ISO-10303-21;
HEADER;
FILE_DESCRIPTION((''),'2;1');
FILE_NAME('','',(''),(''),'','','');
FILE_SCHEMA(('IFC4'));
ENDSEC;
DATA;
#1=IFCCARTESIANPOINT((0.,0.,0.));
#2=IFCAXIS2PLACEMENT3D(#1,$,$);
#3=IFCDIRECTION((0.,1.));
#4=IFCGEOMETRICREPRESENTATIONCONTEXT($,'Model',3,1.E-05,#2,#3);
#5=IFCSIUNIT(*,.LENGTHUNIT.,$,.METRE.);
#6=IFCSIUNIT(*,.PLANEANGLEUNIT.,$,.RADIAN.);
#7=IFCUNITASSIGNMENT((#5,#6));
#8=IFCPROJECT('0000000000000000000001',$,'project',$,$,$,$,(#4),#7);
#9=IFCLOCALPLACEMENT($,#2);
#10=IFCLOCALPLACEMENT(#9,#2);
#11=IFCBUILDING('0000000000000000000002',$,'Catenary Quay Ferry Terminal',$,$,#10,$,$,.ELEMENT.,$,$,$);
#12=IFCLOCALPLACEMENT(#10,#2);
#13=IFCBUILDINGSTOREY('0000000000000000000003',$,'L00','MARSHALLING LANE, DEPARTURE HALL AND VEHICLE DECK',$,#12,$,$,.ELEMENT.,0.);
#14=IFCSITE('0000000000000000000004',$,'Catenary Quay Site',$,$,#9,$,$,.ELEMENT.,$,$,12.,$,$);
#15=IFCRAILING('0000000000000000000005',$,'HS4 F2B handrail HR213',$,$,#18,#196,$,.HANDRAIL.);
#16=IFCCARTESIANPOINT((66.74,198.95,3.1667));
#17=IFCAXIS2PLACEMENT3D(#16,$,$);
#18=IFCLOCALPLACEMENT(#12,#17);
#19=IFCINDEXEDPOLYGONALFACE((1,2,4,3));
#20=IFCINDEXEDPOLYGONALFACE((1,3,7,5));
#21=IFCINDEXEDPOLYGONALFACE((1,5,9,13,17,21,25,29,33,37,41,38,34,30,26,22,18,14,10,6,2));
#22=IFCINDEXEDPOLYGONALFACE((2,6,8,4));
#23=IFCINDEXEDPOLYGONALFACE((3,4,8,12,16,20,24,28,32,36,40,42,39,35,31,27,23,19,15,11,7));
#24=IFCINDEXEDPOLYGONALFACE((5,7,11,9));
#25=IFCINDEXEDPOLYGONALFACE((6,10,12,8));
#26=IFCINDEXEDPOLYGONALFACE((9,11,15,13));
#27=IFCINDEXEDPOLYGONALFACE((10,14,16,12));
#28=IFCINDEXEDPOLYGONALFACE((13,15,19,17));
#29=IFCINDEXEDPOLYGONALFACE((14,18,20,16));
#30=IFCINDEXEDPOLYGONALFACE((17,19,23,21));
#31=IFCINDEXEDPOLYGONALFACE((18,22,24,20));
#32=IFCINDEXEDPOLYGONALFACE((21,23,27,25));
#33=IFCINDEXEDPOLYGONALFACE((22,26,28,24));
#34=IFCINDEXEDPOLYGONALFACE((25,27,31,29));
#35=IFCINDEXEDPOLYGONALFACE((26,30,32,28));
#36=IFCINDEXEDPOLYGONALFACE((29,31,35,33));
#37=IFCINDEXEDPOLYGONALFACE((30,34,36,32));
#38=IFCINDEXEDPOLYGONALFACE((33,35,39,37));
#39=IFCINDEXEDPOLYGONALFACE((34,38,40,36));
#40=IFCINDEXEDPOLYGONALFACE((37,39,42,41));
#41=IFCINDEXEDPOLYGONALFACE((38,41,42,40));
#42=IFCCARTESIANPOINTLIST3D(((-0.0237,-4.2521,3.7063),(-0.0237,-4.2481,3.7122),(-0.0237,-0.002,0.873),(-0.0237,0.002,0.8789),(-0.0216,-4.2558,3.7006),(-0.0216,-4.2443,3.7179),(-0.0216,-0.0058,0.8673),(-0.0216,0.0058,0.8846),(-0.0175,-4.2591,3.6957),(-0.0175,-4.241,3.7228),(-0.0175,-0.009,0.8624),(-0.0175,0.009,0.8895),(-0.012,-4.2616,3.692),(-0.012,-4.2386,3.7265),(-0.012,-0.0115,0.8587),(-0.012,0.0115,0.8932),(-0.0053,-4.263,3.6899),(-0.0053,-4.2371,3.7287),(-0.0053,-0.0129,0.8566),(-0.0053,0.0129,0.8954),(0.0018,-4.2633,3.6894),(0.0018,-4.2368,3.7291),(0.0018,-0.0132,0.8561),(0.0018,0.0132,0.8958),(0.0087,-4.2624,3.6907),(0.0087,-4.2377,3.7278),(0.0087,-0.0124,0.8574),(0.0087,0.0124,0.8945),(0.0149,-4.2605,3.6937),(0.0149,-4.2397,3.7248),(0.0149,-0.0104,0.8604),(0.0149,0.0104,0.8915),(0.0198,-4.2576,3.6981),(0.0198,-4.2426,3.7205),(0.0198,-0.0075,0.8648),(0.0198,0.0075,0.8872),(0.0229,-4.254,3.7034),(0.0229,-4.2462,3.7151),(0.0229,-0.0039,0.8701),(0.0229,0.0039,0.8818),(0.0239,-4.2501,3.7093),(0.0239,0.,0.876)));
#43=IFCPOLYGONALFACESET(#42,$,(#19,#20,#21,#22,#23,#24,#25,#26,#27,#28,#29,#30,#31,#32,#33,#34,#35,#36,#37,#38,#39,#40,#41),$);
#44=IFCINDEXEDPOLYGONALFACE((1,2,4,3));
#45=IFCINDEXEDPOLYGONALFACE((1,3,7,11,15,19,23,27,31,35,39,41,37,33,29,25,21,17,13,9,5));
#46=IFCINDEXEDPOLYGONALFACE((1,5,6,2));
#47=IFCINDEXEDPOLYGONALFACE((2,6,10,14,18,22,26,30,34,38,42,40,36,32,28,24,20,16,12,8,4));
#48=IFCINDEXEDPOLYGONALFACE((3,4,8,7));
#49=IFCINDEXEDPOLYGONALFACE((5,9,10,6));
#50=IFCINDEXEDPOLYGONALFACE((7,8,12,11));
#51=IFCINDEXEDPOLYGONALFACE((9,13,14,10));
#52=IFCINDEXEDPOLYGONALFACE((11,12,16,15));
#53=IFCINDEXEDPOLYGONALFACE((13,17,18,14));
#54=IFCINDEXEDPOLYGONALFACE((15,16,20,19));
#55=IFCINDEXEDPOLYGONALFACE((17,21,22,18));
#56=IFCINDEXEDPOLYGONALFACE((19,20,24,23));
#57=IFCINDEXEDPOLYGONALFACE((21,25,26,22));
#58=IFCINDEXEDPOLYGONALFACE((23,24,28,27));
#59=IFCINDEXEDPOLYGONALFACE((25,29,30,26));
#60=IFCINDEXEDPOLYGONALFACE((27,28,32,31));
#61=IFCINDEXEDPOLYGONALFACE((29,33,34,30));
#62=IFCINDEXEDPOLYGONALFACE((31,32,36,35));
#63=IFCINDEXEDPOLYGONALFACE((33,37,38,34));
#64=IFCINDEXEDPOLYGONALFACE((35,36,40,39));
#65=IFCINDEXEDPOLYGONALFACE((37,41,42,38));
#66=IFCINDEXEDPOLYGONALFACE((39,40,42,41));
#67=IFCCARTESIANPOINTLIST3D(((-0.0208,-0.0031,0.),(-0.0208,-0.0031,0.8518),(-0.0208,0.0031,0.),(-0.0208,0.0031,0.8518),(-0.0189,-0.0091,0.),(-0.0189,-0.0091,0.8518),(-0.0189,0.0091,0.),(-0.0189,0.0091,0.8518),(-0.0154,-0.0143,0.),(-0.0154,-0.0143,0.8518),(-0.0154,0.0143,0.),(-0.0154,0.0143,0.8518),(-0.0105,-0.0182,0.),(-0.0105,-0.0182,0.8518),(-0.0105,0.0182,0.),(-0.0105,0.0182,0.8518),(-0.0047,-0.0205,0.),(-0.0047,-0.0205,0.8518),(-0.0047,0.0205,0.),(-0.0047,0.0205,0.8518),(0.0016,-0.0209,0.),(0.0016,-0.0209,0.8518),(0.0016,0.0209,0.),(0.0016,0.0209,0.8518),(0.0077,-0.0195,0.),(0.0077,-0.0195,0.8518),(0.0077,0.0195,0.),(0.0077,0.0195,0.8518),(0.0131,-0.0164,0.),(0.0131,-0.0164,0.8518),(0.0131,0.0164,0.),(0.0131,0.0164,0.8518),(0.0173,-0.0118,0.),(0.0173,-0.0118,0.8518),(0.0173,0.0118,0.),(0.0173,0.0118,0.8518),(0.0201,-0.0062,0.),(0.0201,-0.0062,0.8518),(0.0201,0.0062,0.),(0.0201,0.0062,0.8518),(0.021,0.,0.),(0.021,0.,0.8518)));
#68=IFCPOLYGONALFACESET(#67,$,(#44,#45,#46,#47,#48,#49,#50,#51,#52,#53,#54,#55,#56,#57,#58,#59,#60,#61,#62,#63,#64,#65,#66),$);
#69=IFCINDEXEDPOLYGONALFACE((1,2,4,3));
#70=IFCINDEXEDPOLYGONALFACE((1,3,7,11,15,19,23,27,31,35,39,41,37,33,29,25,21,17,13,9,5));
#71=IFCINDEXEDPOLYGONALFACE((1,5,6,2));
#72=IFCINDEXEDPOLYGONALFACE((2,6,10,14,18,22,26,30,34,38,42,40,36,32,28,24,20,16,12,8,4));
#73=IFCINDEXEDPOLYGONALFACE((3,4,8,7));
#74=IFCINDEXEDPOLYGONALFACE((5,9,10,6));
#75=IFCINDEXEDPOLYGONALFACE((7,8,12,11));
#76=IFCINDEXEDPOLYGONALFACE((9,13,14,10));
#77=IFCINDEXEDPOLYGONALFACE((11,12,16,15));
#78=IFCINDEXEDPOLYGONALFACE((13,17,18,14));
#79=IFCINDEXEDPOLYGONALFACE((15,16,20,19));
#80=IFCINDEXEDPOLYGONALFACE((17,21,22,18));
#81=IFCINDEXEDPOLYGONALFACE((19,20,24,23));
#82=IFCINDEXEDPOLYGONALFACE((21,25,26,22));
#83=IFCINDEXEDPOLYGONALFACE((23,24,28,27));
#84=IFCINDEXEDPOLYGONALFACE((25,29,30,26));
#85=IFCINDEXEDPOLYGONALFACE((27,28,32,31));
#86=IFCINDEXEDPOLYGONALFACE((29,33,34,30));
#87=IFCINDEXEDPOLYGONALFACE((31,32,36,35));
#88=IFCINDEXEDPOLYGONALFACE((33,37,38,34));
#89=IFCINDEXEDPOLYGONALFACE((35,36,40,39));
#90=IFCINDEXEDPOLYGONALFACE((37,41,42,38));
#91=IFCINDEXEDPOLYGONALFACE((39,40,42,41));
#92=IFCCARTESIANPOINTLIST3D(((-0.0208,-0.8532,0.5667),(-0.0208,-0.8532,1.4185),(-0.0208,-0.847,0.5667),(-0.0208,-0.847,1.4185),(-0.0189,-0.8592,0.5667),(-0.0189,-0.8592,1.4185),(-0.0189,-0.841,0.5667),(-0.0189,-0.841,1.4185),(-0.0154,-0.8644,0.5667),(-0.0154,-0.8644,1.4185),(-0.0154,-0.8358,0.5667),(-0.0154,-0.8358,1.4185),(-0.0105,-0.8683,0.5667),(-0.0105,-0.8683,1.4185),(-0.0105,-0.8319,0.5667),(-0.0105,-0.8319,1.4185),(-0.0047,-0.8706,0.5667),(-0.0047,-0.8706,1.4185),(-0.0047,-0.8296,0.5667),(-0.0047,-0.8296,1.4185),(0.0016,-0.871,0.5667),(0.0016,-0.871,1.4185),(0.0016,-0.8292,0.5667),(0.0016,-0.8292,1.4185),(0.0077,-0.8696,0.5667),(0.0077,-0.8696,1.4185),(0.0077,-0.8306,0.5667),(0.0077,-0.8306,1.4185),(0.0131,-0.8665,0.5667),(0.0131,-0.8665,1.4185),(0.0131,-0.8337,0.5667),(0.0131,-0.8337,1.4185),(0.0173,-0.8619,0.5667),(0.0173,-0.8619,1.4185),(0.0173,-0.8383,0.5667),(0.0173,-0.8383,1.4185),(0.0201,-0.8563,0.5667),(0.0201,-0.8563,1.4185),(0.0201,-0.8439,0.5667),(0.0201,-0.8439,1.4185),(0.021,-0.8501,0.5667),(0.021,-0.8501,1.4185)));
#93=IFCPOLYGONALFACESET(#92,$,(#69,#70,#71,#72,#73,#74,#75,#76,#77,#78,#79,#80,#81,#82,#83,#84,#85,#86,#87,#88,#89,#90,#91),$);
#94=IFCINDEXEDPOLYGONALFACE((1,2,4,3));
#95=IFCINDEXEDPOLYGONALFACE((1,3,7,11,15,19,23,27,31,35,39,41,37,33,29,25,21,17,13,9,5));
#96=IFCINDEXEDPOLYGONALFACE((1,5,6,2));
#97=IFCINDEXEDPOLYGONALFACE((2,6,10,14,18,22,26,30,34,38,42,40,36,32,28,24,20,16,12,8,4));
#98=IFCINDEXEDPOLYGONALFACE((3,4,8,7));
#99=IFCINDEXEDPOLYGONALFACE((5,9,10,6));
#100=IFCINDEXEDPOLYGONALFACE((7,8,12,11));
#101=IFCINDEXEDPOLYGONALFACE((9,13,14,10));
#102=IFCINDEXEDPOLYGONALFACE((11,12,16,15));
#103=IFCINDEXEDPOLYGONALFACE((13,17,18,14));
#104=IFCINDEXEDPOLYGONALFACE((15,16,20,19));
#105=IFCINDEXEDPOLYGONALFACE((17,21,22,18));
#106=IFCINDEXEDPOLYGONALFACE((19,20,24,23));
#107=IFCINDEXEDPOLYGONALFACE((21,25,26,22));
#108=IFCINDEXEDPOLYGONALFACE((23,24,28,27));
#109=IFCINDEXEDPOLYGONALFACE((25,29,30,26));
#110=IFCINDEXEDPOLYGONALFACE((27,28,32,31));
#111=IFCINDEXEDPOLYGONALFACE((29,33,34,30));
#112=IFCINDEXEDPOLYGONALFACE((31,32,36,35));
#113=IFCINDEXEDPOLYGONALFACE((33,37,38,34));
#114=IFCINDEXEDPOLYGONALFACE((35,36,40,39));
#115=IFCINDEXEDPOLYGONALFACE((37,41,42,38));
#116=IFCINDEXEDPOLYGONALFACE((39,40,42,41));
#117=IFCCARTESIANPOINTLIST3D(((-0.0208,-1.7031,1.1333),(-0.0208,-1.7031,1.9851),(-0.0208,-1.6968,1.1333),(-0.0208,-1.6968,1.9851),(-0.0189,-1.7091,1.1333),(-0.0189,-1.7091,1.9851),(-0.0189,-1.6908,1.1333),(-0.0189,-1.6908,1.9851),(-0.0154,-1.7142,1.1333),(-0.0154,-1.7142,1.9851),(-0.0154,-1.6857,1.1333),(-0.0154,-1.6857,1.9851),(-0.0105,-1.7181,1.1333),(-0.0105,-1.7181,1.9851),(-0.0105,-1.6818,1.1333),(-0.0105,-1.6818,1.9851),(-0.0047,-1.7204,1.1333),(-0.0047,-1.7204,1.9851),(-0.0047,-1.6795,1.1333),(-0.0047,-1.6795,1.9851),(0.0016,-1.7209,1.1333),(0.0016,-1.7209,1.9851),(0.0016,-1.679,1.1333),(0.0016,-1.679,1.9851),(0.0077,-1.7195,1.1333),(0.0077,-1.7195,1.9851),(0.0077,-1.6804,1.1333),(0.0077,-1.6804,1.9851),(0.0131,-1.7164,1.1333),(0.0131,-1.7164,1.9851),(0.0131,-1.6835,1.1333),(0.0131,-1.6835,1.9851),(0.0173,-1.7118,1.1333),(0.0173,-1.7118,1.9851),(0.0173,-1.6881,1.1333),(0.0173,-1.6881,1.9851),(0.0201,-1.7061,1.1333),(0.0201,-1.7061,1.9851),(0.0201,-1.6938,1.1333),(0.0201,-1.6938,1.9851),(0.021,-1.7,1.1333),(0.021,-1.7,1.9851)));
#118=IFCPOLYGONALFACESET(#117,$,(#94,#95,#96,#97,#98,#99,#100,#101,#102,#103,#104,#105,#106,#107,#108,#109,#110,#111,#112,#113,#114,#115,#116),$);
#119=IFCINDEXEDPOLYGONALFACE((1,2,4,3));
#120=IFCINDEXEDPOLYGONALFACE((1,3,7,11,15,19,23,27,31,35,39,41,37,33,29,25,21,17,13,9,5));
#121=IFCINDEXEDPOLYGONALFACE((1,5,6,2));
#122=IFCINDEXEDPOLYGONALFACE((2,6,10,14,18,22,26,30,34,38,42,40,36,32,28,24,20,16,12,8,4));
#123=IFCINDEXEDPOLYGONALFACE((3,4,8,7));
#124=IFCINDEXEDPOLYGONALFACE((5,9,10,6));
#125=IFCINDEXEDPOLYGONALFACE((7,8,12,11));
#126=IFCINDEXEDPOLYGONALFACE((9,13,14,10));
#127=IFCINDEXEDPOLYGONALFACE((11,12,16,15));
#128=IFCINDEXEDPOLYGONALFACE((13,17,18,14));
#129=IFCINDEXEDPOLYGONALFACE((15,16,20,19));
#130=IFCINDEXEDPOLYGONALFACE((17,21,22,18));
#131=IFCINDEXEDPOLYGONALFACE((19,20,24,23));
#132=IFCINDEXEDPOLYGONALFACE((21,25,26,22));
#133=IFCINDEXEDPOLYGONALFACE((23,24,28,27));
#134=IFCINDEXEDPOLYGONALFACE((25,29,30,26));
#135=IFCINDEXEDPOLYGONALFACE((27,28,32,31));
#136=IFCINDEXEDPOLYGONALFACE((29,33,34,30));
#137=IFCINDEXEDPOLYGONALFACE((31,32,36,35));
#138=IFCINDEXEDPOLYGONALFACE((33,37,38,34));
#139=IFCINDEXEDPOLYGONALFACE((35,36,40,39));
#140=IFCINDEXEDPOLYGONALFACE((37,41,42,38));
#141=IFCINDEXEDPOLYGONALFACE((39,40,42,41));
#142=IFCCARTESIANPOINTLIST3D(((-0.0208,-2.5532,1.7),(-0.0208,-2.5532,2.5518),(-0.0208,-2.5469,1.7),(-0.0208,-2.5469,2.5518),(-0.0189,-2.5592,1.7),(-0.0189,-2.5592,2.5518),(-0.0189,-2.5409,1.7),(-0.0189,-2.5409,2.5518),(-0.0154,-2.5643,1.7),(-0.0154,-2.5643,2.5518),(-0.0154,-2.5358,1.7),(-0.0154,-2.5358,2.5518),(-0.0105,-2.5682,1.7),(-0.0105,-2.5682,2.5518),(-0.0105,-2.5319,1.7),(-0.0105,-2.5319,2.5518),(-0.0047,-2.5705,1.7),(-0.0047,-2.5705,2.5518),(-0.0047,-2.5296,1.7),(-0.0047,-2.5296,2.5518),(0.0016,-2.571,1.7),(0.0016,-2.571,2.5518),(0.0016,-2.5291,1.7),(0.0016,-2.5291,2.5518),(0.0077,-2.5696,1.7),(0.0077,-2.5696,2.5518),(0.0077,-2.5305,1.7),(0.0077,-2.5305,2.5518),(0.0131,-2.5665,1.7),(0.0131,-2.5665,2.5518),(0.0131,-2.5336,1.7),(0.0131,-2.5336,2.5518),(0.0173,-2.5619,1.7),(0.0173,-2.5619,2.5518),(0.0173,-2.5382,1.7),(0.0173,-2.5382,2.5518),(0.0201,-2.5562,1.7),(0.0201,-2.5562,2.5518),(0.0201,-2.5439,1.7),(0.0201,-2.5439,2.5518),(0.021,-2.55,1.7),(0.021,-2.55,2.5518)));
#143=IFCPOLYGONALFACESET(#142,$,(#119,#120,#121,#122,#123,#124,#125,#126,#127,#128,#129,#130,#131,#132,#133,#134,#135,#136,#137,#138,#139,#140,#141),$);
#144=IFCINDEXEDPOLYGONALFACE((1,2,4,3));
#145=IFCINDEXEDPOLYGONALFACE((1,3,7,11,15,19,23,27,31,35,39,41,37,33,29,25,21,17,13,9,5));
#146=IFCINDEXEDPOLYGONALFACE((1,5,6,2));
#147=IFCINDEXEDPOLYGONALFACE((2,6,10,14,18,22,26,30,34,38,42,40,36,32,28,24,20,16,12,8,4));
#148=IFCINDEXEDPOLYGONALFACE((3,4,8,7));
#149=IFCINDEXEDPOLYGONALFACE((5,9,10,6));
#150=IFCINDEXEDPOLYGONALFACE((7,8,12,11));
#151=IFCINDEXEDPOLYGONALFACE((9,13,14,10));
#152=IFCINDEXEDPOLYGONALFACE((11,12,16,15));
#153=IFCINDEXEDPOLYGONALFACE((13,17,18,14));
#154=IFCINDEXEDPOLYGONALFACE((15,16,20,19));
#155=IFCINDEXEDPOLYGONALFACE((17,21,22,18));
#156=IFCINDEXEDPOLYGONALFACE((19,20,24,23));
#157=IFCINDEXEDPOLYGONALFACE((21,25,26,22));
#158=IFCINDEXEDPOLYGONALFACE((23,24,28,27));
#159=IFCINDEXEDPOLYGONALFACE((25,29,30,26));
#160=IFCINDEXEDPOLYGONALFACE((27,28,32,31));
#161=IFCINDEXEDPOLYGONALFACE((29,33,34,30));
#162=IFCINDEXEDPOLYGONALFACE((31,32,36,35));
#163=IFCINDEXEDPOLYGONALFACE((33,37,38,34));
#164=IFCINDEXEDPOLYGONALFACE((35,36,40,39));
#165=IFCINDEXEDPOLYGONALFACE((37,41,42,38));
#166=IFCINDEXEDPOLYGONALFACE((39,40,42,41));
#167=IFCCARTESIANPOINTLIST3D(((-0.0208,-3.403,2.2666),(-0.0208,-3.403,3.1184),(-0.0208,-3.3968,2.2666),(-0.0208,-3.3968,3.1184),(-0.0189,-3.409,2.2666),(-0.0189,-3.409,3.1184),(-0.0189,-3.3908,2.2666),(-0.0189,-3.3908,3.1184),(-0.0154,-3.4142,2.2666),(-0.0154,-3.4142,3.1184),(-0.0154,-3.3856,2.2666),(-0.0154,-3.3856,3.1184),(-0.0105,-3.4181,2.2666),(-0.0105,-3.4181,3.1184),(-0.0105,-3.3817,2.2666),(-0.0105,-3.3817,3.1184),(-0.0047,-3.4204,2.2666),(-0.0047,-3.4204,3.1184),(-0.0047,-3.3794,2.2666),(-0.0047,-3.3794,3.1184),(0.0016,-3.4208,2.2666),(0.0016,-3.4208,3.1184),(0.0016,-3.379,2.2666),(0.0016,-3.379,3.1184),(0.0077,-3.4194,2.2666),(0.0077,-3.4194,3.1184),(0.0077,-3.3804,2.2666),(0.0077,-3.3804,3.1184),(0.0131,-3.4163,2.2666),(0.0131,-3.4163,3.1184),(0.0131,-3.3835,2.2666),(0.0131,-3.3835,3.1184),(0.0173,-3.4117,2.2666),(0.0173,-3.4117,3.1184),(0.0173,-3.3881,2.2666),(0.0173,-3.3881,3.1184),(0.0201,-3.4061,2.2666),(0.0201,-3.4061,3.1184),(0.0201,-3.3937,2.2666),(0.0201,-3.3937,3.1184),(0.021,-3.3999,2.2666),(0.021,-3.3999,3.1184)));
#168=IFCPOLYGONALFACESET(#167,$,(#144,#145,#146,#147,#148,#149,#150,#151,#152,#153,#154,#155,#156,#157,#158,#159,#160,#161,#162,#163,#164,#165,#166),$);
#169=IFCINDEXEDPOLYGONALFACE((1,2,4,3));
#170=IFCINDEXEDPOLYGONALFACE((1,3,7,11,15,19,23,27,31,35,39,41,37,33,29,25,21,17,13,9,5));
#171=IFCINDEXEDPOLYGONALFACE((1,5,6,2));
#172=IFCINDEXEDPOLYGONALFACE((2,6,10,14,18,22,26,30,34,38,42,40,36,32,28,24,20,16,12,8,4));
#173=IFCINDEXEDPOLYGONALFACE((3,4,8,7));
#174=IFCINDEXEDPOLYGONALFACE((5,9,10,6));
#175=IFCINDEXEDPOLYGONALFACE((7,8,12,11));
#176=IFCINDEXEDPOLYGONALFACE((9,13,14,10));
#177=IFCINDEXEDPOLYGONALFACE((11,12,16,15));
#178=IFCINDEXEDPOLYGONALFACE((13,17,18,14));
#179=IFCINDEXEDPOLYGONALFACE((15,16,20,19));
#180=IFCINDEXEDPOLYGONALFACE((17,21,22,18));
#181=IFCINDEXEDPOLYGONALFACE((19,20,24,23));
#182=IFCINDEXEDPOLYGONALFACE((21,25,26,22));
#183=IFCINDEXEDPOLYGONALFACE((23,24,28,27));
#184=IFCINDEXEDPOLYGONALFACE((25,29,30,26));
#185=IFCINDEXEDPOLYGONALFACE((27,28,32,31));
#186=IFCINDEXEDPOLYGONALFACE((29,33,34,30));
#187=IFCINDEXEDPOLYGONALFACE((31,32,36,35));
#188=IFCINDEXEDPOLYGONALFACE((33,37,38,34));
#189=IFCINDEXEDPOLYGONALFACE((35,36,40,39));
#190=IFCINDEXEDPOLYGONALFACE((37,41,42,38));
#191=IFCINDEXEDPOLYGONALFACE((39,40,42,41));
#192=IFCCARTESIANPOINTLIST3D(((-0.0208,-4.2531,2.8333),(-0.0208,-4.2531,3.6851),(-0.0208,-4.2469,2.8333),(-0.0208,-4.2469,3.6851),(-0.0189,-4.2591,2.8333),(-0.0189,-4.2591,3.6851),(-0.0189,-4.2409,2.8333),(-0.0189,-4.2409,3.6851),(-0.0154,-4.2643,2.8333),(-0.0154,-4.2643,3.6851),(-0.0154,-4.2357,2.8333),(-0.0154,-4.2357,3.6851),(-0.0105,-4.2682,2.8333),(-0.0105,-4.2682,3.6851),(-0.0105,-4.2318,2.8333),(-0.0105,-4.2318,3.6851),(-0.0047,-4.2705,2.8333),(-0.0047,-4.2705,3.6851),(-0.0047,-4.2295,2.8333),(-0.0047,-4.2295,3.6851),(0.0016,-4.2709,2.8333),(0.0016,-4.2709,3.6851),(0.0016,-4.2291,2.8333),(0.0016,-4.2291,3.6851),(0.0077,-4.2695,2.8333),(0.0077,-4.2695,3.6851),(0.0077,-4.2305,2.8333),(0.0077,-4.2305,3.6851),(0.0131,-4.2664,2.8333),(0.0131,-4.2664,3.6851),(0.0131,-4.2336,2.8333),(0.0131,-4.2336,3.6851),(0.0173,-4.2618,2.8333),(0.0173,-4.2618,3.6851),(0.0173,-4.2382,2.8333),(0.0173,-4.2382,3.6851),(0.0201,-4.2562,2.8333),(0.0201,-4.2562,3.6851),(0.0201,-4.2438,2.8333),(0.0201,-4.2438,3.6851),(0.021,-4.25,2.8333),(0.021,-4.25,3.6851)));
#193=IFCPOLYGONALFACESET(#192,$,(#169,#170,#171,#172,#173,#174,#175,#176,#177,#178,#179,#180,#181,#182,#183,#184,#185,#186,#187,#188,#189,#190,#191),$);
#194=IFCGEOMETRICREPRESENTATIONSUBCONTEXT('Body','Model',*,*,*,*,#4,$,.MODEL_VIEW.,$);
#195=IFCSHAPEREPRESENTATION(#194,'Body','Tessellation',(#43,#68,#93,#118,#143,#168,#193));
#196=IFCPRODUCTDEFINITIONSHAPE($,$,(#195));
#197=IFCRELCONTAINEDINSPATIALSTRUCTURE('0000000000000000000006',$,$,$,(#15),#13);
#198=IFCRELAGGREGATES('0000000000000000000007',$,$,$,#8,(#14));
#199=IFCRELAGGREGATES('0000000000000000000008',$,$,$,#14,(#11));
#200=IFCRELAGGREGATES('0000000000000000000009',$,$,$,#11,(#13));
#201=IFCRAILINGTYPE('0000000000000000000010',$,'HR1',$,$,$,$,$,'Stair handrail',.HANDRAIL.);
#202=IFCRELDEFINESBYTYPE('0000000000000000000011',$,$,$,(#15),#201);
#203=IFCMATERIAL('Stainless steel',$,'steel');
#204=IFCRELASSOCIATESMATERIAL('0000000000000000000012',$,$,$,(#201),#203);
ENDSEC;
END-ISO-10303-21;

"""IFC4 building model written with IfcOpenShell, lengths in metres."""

from ifc_helpers import new_model, si_unit, direction, frame, origin, origin_2d, place, context, subcontext, project, spatial, circle, extrude, material, type_object, element, save


model = new_model("IFC4")

# Units and contexts
model_context = context("Model", 3, precision=1e-05, world=origin(), true_north=direction((0.0, 1.0)))
body_context = subcontext(model_context, "Body", "Model", "MODEL_VIEW")
ifc_project = project(units=[si_unit("LENGTHUNIT", "METRE"), si_unit("PLANEANGLEUNIT", "RADIAN")], contexts=[model_context])

# Site, building, storey
site_placement = place(None, origin())
site = spatial("IfcSite", under=ifc_project, at=site_placement, Name="Catenary Quay Site", CompositionType="ELEMENT", RefElevation=12.0)
building_placement = place(site_placement, origin())
building = spatial("IfcBuilding", under=site, at=building_placement, Name="Catenary Quay Ferry Terminal", CompositionType="ELEMENT")
storey_placement = place(building_placement, origin())
storey = spatial("IfcBuildingStorey", under=building, at=storey_placement, Name="L00", Description="MARSHALLING LANE, DEPARTURE HALL AND VEHICLE DECK", CompositionType="ELEMENT", Elevation=0.0)

# Railing
ifc_material_1 = material(Name="Stainless steel", Category="steel")
railing_type_1 = type_object("IfcRailingType", Name="HR1", ElementType="Stair handrail", PredefinedType="HANDRAIL", material=ifc_material_1)
for number, where, name in (
    (1, (66.74, 198.95, 3.1667), "HS4 F2B handrail HR213"),
):
    element("IfcRailing", number, at=place(storey_placement, frame(where)), inside=storey, type_object=railing_type_1, Name=name, PredefinedType="HANDRAIL", context=body_context, shape_type="SweptSolid", body=[
        extrude(circle(Radius=0.0239, at=origin_2d()), frame((0.0, 0.0, 0.876), z_axis=(0.0, -0.832058, 0.554689), x_axis=(1.0, 0.0, 0.0)), (0.0, 0.0, 1.0), 5.1079),
        extrude(circle(Radius=0.021, at=origin_2d()), origin(), (0.0, 0.0, 1.0), 0.8518),
        extrude(circle(Radius=0.021, at=origin_2d()), frame((0.0, -0.8501, 0.5667)), (0.0, 0.0, 1.0), 0.8518),
        extrude(circle(Radius=0.021, at=origin_2d()), frame((0.0, -1.7, 1.1333)), (0.0, 0.0, 1.0), 0.8518),
        extrude(circle(Radius=0.021, at=origin_2d()), frame((0.0, -2.55, 1.7)), (0.0, 0.0, 1.0), 0.8518),
        extrude(circle(Radius=0.021, at=origin_2d()), frame((0.0, -3.3999, 2.2666)), (0.0, 0.0, 1.0), 0.8518),
        extrude(circle(Radius=0.021, at=origin_2d()), frame((0.0, -4.25, 2.8333)), (0.0, 0.0, 1.0), 0.8518),
    ])

save(model, "model.ifc")
